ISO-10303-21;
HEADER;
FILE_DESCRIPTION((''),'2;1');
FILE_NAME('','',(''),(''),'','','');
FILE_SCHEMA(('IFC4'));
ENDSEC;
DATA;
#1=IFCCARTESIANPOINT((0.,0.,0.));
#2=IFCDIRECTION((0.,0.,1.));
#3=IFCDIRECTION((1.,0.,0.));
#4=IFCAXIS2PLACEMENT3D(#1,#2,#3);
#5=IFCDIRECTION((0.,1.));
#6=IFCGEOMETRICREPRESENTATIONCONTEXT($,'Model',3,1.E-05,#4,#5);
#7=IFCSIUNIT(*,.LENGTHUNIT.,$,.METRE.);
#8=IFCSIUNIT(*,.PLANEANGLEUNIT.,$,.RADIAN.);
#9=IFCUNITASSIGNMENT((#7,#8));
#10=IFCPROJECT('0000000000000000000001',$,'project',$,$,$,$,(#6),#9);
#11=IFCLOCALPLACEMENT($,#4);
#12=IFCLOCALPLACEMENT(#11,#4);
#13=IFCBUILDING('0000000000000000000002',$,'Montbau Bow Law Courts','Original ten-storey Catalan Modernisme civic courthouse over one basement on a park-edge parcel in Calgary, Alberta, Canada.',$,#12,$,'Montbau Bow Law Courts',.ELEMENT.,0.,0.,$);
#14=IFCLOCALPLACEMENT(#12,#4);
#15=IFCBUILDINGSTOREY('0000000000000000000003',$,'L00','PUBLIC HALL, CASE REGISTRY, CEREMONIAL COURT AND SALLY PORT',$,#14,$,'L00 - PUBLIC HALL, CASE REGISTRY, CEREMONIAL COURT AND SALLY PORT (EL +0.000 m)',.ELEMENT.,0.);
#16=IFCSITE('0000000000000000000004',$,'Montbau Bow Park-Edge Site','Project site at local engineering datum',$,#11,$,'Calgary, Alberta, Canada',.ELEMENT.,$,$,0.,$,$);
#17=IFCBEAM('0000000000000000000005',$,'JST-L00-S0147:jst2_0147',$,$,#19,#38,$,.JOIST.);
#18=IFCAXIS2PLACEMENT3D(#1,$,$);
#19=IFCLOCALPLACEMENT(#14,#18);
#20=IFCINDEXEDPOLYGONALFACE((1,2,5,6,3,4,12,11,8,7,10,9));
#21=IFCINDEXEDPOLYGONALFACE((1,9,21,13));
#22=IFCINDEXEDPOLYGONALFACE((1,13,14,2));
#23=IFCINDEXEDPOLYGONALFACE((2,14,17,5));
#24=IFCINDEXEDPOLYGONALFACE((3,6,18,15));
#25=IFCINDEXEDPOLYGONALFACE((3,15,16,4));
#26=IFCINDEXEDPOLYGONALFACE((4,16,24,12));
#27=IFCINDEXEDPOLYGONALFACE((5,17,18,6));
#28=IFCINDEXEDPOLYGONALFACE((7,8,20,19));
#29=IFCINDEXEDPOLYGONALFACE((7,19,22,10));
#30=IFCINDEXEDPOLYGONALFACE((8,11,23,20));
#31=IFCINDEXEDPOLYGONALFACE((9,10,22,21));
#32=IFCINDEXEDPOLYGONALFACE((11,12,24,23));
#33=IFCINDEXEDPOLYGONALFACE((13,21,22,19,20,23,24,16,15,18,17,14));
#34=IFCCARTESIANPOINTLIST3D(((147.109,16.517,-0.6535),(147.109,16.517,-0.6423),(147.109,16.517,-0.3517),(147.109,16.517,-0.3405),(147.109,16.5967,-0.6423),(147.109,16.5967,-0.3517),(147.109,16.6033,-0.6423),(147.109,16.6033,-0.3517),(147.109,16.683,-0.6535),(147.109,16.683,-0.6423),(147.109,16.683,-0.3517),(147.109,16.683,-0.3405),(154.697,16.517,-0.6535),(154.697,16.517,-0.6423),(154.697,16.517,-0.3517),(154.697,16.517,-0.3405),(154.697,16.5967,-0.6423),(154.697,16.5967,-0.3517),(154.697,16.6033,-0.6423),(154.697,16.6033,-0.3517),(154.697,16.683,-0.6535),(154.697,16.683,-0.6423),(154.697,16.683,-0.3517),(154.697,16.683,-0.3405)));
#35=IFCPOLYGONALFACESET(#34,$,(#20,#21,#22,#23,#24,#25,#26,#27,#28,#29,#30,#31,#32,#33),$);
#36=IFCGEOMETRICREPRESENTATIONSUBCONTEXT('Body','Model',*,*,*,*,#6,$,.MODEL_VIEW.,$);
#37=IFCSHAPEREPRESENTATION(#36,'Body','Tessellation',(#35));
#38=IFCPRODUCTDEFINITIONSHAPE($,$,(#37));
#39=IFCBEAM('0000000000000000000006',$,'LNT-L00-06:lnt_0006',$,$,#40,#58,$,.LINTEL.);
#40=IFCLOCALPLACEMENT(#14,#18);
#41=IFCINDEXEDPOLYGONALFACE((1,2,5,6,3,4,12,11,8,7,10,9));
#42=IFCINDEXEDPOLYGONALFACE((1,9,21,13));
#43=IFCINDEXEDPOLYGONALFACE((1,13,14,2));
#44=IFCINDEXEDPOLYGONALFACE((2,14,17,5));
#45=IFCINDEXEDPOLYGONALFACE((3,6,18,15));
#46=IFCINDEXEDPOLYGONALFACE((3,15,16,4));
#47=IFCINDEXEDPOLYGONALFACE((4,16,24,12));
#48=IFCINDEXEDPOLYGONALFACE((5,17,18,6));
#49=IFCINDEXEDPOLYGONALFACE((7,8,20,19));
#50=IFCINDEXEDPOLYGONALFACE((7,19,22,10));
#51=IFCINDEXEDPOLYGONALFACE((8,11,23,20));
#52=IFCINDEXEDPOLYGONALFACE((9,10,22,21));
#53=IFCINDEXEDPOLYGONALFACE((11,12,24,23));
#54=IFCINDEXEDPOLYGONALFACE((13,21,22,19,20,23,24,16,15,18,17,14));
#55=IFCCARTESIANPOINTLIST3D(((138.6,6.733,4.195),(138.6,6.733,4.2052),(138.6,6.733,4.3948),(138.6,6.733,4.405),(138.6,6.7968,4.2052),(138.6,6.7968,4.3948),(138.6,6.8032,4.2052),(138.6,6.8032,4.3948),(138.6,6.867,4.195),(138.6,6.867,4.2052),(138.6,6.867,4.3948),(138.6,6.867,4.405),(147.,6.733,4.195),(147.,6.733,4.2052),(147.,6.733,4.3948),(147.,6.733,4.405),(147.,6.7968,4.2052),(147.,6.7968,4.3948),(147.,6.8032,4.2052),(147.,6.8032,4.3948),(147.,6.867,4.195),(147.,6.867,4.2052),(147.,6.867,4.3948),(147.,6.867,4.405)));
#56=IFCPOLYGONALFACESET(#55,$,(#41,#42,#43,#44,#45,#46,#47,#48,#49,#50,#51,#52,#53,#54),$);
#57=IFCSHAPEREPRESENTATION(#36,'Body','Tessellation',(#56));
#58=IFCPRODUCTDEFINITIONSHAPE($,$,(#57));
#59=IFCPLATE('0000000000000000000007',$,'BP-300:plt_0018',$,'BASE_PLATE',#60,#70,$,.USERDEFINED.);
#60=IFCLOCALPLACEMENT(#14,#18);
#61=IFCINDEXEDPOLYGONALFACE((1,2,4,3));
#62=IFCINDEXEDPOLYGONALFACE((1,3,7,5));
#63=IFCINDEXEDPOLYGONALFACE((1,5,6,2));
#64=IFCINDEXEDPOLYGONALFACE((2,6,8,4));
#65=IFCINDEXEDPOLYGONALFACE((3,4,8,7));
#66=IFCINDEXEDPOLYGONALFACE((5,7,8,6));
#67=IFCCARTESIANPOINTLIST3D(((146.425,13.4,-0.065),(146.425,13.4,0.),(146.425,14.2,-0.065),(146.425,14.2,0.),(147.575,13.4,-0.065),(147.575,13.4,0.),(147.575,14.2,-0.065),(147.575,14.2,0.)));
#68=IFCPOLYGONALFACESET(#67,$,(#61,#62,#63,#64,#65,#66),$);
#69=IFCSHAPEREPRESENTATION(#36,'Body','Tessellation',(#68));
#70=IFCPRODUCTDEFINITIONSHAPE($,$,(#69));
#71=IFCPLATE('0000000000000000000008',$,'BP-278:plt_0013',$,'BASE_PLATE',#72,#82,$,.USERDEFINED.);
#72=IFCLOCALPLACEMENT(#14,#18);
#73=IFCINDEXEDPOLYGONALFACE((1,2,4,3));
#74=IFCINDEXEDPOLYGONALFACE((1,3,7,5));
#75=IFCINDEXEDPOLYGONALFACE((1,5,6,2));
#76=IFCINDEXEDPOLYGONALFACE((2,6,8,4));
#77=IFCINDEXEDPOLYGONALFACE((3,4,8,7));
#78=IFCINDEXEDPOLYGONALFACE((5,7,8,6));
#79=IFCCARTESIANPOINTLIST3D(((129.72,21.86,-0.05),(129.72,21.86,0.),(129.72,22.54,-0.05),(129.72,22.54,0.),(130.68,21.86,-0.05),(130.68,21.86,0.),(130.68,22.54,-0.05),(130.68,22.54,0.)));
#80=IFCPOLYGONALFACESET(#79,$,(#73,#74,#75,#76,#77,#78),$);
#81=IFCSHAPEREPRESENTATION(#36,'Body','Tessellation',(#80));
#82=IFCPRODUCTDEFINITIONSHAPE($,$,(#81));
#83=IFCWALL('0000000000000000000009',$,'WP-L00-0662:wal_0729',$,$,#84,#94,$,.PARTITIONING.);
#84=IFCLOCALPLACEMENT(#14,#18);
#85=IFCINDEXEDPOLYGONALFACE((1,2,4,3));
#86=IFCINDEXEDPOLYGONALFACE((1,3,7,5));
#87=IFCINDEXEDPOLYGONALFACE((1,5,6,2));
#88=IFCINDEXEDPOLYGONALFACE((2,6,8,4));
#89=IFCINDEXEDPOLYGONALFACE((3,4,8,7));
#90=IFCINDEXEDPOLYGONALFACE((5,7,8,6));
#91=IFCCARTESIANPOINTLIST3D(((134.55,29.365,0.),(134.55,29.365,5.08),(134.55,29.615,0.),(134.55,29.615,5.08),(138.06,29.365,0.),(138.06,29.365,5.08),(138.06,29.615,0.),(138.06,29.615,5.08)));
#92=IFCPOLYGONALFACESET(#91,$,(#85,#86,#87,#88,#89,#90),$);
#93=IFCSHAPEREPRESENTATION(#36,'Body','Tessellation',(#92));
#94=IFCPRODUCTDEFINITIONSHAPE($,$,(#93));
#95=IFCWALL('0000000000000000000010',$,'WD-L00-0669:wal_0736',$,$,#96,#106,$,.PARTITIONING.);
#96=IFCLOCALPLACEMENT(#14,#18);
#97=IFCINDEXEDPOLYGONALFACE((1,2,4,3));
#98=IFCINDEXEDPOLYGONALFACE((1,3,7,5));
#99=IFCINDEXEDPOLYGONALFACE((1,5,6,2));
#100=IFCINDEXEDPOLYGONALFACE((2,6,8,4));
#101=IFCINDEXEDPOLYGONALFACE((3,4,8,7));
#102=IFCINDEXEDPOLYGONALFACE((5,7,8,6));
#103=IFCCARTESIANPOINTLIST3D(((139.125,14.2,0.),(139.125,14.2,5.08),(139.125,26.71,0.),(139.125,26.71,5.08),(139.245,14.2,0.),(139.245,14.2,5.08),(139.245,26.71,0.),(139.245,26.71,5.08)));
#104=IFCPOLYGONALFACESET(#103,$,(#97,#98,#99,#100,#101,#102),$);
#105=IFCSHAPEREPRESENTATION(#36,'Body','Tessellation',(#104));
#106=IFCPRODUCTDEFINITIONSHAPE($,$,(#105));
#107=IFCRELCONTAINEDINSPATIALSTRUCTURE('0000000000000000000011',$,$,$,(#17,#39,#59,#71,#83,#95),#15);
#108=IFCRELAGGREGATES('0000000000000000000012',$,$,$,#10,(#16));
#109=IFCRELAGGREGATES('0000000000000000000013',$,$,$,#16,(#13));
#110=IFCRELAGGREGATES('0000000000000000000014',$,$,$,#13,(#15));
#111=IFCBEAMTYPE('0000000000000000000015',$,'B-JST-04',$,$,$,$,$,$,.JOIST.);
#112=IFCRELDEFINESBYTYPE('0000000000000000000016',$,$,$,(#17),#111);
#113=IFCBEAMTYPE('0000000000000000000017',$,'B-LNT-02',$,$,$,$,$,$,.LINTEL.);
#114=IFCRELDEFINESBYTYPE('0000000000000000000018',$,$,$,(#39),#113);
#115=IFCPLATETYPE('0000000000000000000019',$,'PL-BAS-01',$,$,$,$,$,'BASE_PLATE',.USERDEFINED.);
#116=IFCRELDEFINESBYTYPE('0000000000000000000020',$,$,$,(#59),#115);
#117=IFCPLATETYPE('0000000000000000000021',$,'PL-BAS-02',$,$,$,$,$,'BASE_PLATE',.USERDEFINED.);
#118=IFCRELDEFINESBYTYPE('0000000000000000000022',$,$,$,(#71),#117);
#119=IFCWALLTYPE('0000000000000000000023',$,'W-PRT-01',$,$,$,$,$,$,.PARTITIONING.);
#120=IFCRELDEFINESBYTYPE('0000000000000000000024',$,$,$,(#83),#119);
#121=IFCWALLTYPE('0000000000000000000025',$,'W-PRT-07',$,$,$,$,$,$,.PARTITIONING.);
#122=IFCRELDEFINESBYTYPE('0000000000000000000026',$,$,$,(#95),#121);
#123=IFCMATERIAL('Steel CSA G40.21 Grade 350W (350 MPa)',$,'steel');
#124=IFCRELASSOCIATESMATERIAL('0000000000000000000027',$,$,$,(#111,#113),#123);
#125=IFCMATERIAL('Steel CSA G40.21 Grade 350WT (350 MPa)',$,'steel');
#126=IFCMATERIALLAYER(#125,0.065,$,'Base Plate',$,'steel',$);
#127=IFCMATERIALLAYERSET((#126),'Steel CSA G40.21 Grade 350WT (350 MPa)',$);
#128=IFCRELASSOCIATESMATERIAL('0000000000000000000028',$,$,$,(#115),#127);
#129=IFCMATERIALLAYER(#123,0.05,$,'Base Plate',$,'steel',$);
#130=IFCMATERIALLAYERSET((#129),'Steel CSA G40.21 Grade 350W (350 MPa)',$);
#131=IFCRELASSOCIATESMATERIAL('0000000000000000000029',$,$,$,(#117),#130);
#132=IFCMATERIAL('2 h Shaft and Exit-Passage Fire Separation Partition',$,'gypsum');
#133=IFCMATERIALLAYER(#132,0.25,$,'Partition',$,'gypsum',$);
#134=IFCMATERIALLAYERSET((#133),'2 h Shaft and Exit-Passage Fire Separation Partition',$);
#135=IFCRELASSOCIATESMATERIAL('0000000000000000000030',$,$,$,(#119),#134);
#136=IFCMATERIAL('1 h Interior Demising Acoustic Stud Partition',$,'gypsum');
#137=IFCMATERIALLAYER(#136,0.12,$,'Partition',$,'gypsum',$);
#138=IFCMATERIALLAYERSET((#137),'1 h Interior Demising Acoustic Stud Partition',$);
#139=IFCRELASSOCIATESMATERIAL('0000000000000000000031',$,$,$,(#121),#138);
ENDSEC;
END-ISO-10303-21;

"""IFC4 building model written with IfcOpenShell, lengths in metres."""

from ifc_helpers import new_model, si_unit, direction, frame, frame_2d, origin_with_axes, origin_2d_with_axis, place, context, subcontext, project, spatial, rectangle, i_section, extrude, material, layer, layer_set, material_profile, profile_set, type_object, element, save


model = new_model("IFC4")

# Units and contexts
model_context = context("Model", 3, precision=1e-05, world=origin_with_axes(), true_north=direction((0.0, 1.0)))
body_context = subcontext(model_context, "Body", "Model", "MODEL_VIEW")
ifc_project = project(units=[si_unit("LENGTHUNIT", "METRE"), si_unit("PLANEANGLEUNIT", "RADIAN")], contexts=[model_context])

# Site, building, storey
site_placement = place(None, origin_with_axes())
site = spatial("IfcSite", under=ifc_project, at=site_placement, Name="Montbau Bow Park-Edge Site", Description="Project site at local engineering datum", LongName="Calgary, Alberta, Canada", CompositionType="ELEMENT", RefElevation=0.0)
building_placement = place(site_placement, origin_with_axes())
building = spatial("IfcBuilding", under=site, at=building_placement, Name="Montbau Bow Law Courts", Description="Original ten-storey Catalan Modernisme civic courthouse over one basement on a park-edge parcel in Calgary, Alberta, Canada.", LongName="Montbau Bow Law Courts", CompositionType="ELEMENT", ElevationOfRefHeight=0.0, ElevationOfTerrain=0.0)
storey_placement = place(building_placement, origin_with_axes())
storey = spatial("IfcBuildingStorey", under=building, at=storey_placement, Name="L00", Description="PUBLIC HALL, CASE REGISTRY, CEREMONIAL COURT AND SALLY PORT", LongName="L00 - PUBLIC HALL, CASE REGISTRY, CEREMONIAL COURT AND SALLY PORT (EL +0.000 m)", CompositionType="ELEMENT", Elevation=0.0)

# Shared definitions
ifc_material_1 = material(Name="Steel CSA G40.21 Grade 350W (350 MPa)", Category="steel")

# Beams
ifc_material_profile_1 = material_profile(ifc_material_1, i_section(OverallWidth=0.166, OverallDepth=0.313, WebThickness=0.0066, FlangeThickness=0.0112, at=origin_2d_with_axis()), Name="W310X45", Category="Main", Priority=0)
ifc_profile_set_1 = profile_set([ifc_material_profile_1], Name="Steel CSA G40.21 Grade 350W (350 MPa)")
beam_type_1 = type_object("IfcBeamType", Name="B-JST-04", PredefinedType="JOIST", material=ifc_profile_set_1)
beam_1_placement = place(None, frame((147.109, 16.6, -0.497), z_axis=(1.0, 0.0, 0.0), x_axis=(0.0, 1.0, 0.0)))
element("IfcBeam", 1, at=beam_1_placement, inside=storey, type_object=beam_type_1, Name="JST-L00-S0147:jst2_0147", PredefinedType="JOIST", context=body_context, shape_type="SweptSolid", body=[
    extrude(i_section(OverallWidth=0.166, OverallDepth=0.313, WebThickness=0.0066, FlangeThickness=0.0112, at=origin_2d_with_axis()), origin_with_axes(), (0.0, 0.0, 1.0), 7.588),
])
ifc_material_profile_2 = material_profile(ifc_material_1, i_section(OverallWidth=0.134, OverallDepth=0.21, WebThickness=0.0064, FlangeThickness=0.0102, at=origin_2d_with_axis()), Name="W200X31", Category="Main", Priority=0)
ifc_profile_set_2 = profile_set([ifc_material_profile_2], Name="Steel CSA G40.21 Grade 350W (350 MPa)")
beam_type_2 = type_object("IfcBeamType", Name="B-LNT-02", PredefinedType="LINTEL", material=ifc_profile_set_2)
beam_2_placement = place(None, frame((138.6, 6.8, 4.3), z_axis=(1.0, 0.0, 0.0), x_axis=(0.0, 1.0, 0.0)))
element("IfcBeam", 2, at=beam_2_placement, inside=storey, type_object=beam_type_2, Name="LNT-L00-06:lnt_0006", PredefinedType="LINTEL", context=body_context, shape_type="SweptSolid", body=[
    extrude(i_section(OverallWidth=0.134, OverallDepth=0.21, WebThickness=0.0064, FlangeThickness=0.0102, at=origin_2d_with_axis()), origin_with_axes(), (0.0, 0.0, 1.0), 8.4),
])

# Plates
ifc_material_2 = material(Name="Steel CSA G40.21 Grade 350WT (350 MPa)", Category="steel")
ifc_layer_1 = layer(ifc_material_2, 0.065, Name="Base Plate", Category="steel")
ifc_layer_set_1 = layer_set([ifc_layer_1], Name="Steel CSA G40.21 Grade 350WT (350 MPa)")
plate_type_1 = type_object("IfcPlateType", Name="PL-BAS-01", ElementType="BASE_PLATE", PredefinedType="USERDEFINED", material=ifc_layer_set_1)
plate_1_placement = place(None, frame((147.0, 13.8, -0.065), z_axis=(0.0, 0.0, 1.0), x_axis=(1.0, 0.0, 0.0)))
element("IfcPlate", 3, at=plate_1_placement, inside=storey, type_object=plate_type_1, Name="BP-300:plt_0018", ObjectType="BASE_PLATE", PredefinedType="USERDEFINED", context=body_context, shape_type="SweptSolid", body=[
    extrude(rectangle(XDim=1.15, YDim=0.8, at=origin_2d_with_axis()), origin_with_axes(), (0.0, 0.0, 1.0), 0.065),
])
ifc_layer_2 = layer(ifc_material_1, 0.05, Name="Base Plate", Category="steel")
ifc_layer_set_2 = layer_set([ifc_layer_2], Name="Steel CSA G40.21 Grade 350W (350 MPa)")
plate_type_2 = type_object("IfcPlateType", Name="PL-BAS-02", ElementType="BASE_PLATE", PredefinedType="USERDEFINED", material=ifc_layer_set_2)
plate_2_placement = place(None, frame((130.2, 22.2, -0.05), z_axis=(0.0, 0.0, 1.0), x_axis=(1.0, 0.0, 0.0)))
element("IfcPlate", 4, at=plate_2_placement, inside=storey, type_object=plate_type_2, Name="BP-278:plt_0013", ObjectType="BASE_PLATE", PredefinedType="USERDEFINED", context=body_context, shape_type="SweptSolid", body=[
    extrude(rectangle(XDim=0.96, YDim=0.68, at=origin_2d_with_axis()), origin_with_axes(), (0.0, 0.0, 1.0), 0.05),
])

# Walls
ifc_material_3 = material(Name="2 h Shaft and Exit-Passage Fire Separation Partition", Category="gypsum")
ifc_layer_3 = layer(ifc_material_3, 0.25, Name="Partition", Category="gypsum")
ifc_layer_set_3 = layer_set([ifc_layer_3], Name="2 h Shaft and Exit-Passage Fire Separation Partition")
wall_type_1 = type_object("IfcWallType", Name="W-PRT-01", PredefinedType="PARTITIONING", material=ifc_layer_set_3)
wall_1_placement = place(None, frame((134.55, 29.49, 0.0), z_axis=(0.0, 0.0, 1.0), x_axis=(1.0, 0.0, 0.0)))
element("IfcWall", 5, at=wall_1_placement, inside=storey, type_object=wall_type_1, Name="WP-L00-0662:wal_0729", PredefinedType="PARTITIONING", context=body_context, shape_type="SweptSolid", body=[
    extrude(rectangle(XDim=3.51, YDim=0.25, at=frame_2d((1.755, 0.0), x_axis=(1.0, 0.0))), origin_with_axes(), (0.0, 0.0, 1.0), 5.08),
])
ifc_material_4 = material(Name="1 h Interior Demising Acoustic Stud Partition", Category="gypsum")
ifc_layer_4 = layer(ifc_material_4, 0.12, Name="Partition", Category="gypsum")
ifc_layer_set_4 = layer_set([ifc_layer_4], Name="1 h Interior Demising Acoustic Stud Partition")
wall_type_2 = type_object("IfcWallType", Name="W-PRT-07", PredefinedType="PARTITIONING", material=ifc_layer_set_4)
wall_2_placement = place(None, frame((139.185, 14.2, 0.0), z_axis=(0.0, 0.0, 1.0), x_axis=(0.0, 1.0, 0.0)))
element("IfcWall", 6, at=wall_2_placement, inside=storey, type_object=wall_type_2, Name="WD-L00-0669:wal_0736", PredefinedType="PARTITIONING", context=body_context, shape_type="SweptSolid", body=[
    extrude(rectangle(XDim=12.51, YDim=0.12, at=frame_2d((6.255, 0.0), x_axis=(1.0, 0.0))), origin_with_axes(), (0.0, 0.0, 1.0), 5.08),
])

save(model, "model.ifc")
